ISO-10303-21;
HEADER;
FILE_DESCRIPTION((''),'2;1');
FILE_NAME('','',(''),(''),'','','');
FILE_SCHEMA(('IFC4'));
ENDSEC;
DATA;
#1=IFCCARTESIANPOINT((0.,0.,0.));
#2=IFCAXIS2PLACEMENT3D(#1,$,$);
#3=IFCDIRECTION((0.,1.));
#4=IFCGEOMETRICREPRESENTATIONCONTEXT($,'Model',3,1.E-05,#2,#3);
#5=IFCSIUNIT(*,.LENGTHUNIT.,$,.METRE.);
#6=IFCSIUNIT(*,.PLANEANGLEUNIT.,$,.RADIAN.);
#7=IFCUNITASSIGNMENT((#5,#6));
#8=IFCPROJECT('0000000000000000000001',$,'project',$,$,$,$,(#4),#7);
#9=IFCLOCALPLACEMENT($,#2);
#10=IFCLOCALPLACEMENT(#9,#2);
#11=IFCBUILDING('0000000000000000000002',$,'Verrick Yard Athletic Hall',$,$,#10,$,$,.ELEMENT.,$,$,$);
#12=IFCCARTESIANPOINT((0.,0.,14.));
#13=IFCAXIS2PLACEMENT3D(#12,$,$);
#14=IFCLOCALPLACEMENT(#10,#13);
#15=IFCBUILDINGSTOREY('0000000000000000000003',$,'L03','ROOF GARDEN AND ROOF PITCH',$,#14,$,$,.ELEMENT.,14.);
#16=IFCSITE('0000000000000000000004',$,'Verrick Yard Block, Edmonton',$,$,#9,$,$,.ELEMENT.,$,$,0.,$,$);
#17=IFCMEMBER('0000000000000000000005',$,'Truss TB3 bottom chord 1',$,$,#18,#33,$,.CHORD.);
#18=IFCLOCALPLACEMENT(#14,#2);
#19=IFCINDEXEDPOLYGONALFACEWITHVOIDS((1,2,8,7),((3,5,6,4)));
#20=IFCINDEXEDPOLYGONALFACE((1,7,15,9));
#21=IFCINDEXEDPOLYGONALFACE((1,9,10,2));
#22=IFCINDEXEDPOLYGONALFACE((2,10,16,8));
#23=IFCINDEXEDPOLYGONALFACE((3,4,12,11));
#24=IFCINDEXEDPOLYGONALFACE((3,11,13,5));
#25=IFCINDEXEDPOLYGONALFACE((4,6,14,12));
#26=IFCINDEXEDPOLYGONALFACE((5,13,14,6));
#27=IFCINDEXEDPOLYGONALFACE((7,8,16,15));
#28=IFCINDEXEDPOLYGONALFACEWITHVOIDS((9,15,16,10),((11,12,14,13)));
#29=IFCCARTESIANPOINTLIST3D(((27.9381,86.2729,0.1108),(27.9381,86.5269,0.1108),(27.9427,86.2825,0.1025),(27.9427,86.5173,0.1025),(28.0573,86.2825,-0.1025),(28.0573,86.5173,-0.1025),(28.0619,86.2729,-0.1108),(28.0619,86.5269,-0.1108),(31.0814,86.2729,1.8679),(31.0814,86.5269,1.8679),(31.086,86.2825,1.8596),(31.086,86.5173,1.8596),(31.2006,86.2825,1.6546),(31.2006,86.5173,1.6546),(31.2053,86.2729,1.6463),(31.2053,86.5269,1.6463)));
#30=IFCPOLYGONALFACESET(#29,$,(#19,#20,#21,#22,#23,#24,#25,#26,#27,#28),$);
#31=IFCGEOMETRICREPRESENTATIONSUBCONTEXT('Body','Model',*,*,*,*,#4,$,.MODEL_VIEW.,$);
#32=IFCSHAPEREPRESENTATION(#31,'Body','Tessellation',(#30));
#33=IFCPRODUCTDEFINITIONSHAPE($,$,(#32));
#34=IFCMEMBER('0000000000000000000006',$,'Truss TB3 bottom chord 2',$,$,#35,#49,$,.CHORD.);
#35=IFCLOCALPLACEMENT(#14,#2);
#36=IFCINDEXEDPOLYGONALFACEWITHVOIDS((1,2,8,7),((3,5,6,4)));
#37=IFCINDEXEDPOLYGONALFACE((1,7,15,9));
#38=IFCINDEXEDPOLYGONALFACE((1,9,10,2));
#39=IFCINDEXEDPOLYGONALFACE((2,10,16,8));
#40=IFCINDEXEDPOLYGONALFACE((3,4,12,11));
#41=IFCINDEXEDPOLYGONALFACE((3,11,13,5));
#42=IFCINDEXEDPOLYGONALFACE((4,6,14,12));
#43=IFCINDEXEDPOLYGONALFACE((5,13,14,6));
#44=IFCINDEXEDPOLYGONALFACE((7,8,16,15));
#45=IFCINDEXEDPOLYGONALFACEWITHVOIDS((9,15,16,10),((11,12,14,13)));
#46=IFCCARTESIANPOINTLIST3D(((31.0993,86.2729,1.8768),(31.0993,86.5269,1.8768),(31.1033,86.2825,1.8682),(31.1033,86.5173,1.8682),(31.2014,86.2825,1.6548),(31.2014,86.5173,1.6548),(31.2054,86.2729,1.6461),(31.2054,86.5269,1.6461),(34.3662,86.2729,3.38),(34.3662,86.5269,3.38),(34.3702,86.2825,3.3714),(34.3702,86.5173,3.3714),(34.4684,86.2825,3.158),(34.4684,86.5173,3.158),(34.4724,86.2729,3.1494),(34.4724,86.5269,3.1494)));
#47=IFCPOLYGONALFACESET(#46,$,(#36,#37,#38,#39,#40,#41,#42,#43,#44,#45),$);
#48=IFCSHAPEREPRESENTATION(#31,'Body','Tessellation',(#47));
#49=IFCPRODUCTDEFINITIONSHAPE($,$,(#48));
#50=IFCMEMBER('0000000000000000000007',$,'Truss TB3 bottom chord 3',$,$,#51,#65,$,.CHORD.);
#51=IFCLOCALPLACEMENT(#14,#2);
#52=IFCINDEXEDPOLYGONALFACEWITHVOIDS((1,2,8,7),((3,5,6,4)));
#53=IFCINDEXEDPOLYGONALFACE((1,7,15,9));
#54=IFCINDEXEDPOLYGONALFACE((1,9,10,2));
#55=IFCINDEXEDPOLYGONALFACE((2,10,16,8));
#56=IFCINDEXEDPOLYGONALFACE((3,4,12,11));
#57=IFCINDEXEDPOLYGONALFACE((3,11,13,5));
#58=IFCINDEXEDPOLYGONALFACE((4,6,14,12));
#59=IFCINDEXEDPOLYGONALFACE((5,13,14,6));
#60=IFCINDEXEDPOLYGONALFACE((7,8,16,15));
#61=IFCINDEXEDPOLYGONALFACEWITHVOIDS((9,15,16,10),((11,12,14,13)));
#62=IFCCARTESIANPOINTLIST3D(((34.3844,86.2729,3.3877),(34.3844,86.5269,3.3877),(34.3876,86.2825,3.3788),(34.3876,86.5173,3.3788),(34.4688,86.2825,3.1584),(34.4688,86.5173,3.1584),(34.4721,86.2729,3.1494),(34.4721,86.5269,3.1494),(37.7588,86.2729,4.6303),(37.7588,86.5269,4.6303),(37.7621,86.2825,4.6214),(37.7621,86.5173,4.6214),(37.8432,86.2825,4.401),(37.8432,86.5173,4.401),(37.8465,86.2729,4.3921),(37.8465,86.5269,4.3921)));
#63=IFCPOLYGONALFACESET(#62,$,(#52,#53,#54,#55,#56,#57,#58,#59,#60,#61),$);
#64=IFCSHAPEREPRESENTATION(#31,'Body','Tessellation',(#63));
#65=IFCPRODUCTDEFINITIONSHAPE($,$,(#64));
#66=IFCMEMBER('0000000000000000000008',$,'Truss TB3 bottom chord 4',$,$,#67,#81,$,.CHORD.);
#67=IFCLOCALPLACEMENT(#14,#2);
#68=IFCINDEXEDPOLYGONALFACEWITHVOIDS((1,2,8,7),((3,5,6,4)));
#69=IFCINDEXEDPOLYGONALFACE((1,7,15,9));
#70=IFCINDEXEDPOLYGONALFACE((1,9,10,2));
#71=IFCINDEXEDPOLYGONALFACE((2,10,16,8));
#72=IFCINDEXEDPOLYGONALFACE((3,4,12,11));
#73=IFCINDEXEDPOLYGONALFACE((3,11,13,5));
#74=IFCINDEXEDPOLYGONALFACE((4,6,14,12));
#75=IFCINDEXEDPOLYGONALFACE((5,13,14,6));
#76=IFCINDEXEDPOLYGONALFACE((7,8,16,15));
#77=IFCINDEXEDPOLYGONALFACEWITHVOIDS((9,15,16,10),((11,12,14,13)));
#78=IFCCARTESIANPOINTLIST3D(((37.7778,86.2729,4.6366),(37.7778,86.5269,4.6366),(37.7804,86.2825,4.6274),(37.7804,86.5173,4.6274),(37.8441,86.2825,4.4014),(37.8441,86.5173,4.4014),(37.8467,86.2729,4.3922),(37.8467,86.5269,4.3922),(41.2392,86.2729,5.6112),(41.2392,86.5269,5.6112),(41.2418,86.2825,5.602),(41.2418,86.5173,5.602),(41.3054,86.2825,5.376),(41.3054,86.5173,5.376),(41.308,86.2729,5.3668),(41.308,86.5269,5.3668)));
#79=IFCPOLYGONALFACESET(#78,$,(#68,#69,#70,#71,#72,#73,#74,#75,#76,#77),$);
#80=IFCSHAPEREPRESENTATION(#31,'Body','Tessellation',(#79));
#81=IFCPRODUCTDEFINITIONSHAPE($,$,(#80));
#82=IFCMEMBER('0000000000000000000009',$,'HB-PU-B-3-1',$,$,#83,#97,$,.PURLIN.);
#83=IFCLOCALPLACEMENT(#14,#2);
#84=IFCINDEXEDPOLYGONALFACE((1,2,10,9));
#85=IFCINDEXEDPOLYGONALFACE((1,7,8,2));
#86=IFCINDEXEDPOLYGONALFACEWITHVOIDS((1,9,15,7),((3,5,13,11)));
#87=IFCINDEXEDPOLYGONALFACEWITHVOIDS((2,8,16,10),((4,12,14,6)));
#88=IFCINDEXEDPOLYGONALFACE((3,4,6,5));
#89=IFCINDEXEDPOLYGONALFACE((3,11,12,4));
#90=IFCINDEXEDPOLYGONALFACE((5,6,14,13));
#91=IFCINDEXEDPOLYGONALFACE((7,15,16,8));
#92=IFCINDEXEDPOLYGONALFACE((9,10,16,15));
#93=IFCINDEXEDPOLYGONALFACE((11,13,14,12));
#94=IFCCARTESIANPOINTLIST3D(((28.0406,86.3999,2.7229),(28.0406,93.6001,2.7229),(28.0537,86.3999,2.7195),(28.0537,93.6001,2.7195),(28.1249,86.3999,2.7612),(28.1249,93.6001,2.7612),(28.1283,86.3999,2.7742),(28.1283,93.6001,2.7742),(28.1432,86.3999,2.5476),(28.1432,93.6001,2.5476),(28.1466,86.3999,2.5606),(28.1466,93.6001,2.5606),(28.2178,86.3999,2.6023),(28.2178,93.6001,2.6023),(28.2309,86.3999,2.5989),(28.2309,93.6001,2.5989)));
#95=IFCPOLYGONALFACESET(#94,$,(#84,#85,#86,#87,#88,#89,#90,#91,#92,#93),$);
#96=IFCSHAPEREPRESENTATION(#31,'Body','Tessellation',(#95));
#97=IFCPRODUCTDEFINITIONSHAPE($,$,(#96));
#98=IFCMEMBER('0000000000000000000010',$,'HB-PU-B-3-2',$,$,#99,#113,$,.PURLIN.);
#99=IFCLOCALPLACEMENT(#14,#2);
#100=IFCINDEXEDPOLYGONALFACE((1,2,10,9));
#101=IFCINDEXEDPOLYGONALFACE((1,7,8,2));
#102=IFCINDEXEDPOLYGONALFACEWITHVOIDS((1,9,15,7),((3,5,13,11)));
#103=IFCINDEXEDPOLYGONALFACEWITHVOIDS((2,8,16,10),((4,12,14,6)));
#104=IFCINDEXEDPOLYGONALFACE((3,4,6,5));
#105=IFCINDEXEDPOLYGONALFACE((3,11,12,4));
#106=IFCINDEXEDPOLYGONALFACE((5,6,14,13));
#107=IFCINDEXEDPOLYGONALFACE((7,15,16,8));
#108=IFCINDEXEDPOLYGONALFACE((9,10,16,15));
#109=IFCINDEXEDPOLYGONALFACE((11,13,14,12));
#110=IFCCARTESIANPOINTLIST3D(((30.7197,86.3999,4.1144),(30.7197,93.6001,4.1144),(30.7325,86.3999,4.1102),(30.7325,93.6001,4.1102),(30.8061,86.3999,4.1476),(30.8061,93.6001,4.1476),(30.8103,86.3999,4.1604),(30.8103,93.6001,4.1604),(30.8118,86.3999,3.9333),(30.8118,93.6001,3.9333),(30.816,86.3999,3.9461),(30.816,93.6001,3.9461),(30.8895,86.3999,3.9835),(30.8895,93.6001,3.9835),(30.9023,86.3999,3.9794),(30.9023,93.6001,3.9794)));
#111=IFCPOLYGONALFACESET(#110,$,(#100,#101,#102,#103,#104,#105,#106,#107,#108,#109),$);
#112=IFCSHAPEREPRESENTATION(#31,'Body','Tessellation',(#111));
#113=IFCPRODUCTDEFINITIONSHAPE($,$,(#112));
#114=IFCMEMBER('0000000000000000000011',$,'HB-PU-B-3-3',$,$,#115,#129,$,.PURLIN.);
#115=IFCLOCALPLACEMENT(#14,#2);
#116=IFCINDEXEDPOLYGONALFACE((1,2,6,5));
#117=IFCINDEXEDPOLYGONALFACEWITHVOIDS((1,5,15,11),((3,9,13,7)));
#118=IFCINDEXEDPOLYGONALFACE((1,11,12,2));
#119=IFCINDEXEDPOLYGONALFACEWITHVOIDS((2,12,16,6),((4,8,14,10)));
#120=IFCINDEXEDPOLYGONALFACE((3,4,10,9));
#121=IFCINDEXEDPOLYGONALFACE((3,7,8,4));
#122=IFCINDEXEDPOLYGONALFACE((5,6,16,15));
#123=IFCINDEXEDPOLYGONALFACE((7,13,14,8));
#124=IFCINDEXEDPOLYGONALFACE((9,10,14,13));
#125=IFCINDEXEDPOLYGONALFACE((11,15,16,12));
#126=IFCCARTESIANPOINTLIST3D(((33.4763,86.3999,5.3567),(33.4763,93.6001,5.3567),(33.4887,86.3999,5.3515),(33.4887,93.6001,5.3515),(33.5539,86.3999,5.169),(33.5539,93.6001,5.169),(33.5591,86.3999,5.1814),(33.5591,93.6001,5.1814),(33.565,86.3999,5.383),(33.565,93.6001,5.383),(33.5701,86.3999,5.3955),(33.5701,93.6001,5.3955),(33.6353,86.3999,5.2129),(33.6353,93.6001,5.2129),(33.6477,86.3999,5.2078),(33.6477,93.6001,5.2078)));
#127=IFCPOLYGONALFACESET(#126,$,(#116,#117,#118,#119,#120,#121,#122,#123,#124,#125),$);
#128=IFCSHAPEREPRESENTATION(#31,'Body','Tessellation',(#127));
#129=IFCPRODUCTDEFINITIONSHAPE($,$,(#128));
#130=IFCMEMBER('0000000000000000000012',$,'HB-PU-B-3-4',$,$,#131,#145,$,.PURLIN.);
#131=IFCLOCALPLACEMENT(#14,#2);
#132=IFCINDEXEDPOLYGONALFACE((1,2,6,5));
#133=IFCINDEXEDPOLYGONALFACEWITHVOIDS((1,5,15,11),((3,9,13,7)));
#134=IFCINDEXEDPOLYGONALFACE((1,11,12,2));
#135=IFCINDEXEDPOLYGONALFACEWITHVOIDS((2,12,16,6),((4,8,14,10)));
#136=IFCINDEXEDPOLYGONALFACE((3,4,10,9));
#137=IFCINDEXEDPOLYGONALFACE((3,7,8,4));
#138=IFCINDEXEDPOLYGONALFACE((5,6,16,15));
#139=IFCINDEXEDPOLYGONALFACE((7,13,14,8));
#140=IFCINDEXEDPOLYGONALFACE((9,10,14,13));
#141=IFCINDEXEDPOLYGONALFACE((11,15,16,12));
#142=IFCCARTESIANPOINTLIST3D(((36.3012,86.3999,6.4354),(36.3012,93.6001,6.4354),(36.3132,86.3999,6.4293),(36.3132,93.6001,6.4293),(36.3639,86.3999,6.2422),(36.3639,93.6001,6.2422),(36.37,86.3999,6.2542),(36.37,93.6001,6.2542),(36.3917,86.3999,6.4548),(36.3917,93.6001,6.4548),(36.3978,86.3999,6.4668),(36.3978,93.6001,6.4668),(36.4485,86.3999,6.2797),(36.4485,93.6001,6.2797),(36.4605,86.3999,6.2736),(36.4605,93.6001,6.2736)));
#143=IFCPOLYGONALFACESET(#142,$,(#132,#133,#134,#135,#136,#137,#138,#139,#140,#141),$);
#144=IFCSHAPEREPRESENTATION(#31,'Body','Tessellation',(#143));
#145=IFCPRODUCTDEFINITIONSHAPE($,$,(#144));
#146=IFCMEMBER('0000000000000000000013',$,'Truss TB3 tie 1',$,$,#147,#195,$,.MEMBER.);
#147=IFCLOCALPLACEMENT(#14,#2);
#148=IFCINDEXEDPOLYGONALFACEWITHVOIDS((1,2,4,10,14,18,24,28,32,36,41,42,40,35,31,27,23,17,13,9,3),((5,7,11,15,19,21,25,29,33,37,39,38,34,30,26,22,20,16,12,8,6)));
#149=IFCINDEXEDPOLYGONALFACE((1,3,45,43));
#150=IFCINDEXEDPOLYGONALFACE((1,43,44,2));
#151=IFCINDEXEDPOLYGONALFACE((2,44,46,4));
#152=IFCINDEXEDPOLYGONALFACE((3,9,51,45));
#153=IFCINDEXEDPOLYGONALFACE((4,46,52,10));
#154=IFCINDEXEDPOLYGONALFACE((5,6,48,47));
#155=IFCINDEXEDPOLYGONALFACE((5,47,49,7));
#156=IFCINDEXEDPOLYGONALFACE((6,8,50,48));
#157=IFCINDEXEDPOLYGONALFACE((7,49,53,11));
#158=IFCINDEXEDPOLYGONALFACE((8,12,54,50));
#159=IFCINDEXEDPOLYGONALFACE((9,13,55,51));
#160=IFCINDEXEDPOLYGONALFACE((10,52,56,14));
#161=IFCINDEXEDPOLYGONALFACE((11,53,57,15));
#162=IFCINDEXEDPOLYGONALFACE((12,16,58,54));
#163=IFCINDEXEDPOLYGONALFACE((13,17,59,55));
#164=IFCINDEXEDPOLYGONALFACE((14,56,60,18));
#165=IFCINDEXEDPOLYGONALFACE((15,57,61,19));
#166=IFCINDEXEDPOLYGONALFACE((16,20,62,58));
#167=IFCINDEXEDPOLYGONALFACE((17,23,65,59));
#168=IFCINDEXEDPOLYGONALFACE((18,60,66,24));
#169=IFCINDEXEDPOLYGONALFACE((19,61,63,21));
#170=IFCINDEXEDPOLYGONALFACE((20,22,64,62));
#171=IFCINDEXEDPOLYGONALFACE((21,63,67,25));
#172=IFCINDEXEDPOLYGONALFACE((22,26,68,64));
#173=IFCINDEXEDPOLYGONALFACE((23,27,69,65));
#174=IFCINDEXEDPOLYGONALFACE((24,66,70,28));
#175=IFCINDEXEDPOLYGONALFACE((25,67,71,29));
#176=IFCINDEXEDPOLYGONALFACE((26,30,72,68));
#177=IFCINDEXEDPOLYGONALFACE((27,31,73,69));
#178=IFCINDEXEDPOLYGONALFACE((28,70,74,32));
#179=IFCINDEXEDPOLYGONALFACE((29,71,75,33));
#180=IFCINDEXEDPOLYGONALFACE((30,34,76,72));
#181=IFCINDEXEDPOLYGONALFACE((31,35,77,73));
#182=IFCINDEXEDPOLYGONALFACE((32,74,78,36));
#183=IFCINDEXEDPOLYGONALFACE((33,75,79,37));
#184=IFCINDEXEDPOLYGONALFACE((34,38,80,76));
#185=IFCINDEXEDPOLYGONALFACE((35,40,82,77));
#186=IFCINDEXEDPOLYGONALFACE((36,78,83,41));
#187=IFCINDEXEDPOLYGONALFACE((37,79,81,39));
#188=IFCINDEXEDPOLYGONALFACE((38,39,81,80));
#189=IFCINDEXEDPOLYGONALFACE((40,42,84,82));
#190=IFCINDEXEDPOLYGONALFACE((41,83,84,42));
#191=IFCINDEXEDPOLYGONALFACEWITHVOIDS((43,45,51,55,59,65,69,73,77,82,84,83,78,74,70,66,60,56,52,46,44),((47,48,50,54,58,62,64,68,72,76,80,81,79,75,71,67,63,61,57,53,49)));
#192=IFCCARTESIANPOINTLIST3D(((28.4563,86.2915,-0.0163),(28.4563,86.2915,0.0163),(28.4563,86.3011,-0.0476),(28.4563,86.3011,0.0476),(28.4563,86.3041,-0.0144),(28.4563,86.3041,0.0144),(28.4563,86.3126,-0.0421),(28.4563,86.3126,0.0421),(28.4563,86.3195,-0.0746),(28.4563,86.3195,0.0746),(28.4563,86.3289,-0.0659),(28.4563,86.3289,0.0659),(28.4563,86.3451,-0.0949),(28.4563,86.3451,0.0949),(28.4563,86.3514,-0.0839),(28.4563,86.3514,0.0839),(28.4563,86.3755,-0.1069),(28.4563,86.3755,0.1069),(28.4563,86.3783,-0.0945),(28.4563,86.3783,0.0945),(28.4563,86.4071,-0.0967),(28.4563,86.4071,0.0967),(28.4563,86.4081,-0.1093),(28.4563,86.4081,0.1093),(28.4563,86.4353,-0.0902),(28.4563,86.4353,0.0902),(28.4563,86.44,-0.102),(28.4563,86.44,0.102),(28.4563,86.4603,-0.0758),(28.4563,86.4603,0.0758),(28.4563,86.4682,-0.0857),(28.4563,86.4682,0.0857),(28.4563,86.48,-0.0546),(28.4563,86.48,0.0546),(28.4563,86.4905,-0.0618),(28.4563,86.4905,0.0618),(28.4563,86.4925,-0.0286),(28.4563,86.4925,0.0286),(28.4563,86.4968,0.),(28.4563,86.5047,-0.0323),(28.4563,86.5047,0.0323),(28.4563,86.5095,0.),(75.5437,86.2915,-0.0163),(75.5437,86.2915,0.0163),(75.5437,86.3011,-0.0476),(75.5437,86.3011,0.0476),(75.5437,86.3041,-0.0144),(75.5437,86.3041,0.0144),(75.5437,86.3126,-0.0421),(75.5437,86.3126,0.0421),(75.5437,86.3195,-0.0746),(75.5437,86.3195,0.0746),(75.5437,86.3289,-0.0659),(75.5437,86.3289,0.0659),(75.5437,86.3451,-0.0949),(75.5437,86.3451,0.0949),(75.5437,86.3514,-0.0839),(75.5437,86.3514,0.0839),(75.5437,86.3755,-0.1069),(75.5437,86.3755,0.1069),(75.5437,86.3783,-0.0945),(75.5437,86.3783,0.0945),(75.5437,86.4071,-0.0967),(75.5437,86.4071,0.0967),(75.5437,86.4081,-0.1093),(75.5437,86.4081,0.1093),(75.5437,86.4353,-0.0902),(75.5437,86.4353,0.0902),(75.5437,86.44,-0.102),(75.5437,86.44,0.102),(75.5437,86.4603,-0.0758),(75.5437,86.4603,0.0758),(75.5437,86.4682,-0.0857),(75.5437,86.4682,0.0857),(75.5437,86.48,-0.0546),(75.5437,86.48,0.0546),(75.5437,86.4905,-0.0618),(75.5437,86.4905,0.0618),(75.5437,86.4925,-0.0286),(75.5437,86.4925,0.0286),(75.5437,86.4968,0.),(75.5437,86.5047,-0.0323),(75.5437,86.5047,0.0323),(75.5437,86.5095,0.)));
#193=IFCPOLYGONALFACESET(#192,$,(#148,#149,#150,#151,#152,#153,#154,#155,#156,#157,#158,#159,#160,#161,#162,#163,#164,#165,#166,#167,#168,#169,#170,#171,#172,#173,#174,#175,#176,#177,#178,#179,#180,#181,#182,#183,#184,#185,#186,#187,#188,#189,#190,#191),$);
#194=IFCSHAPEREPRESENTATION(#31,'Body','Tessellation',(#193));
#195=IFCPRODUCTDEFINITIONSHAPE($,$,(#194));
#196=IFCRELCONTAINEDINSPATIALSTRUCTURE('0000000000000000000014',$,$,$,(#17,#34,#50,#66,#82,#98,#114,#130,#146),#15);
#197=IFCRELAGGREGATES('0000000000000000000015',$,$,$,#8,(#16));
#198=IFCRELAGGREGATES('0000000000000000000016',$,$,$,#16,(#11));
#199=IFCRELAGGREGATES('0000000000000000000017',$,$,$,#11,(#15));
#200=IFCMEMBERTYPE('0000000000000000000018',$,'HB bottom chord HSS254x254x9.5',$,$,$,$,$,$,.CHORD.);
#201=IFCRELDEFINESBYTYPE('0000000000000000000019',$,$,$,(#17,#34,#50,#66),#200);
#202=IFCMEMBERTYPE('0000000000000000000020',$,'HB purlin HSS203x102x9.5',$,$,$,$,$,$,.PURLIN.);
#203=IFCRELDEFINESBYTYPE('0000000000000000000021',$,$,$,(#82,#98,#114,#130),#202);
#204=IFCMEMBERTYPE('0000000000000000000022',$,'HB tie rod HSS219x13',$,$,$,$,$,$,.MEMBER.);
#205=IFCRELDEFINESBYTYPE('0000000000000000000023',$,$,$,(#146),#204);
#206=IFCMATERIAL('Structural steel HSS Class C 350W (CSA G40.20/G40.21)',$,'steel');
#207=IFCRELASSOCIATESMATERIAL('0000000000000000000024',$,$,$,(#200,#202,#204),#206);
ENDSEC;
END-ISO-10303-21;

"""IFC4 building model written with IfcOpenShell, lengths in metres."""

from ifc_helpers import new_model, si_unit, direction, frame, origin, origin_2d, place, context, subcontext, project, spatial, hollow_rectangle, hollow_circle, extrude, material, material_profile, profile_set, type_object, element, save


model = new_model("IFC4")

# Units and contexts
model_context = context("Model", 3, precision=1e-05, world=origin(), true_north=direction((0.0, 1.0)))
body_context = subcontext(model_context, "Body", "Model", "MODEL_VIEW")
ifc_project = project(units=[si_unit("LENGTHUNIT", "METRE"), si_unit("PLANEANGLEUNIT", "RADIAN")], contexts=[model_context])

# Site, building, storey
site_placement = place(None, origin())
site = spatial("IfcSite", under=ifc_project, at=site_placement, Name="Verrick Yard Block, Edmonton", CompositionType="ELEMENT", RefElevation=0.0)
building_placement = place(site_placement, origin())
building = spatial("IfcBuilding", under=site, at=building_placement, Name="Verrick Yard Athletic Hall", CompositionType="ELEMENT")
storey_placement = place(building_placement, frame((0.0, 0.0, 14.0)))
storey = spatial("IfcBuildingStorey", under=building, at=storey_placement, Name="L03", Description="ROOF GARDEN AND ROOF PITCH", CompositionType="ELEMENT", Elevation=14.0)

# Members
ifc_material_1 = material(Name="Structural steel HSS Class C 350W (CSA G40.20/G40.21)", Category="steel")
ifc_material_profile_1 = material_profile(ifc_material_1, hollow_rectangle(XDim=0.2539, YDim=0.2539, WallThickness=0.0095, at=origin_2d()), Name="HSS254x254x9.5")
ifc_profile_set_1 = profile_set([ifc_material_profile_1], Name="Structural steel HSS Class C 350W (CSA G40.20/G40.21)")
member_type_1 = type_object("IfcMemberType", Name="HB bottom chord HSS254x254x9.5", PredefinedType="CHORD", material=ifc_profile_set_1)
member_1_placement = place(storey_placement, frame((28.0, 86.3999, 0.0), z_axis=(0.872881, 0.0, 0.487932), x_axis=(0.0, 1.0, 0.0)))
element("IfcMember", 1, at=member_1_placement, inside=storey, type_object=member_type_1, Name="Truss TB3 bottom chord 1", PredefinedType="CHORD", context=body_context, shape_type="SweptSolid", body=[
    extrude(hollow_rectangle(XDim=0.2539, YDim=0.2539, WallThickness=0.0095, at=origin_2d()), origin(), (0.0, 0.0, 1.0), 3.6011),
])
member_2_placement = place(storey_placement, frame((31.1523, 86.3999, 1.7615), z_axis=(0.908446, 0.0, 0.418003), x_axis=(0.0, 1.0, 0.0)))
element("IfcMember", 2, at=member_2_placement, inside=storey, type_object=member_type_1, Name="Truss TB3 bottom chord 2", PredefinedType="CHORD", context=body_context, shape_type="SweptSolid", body=[
    extrude(hollow_rectangle(XDim=0.2539, YDim=0.2539, WallThickness=0.0095, at=origin_2d()), origin(), (0.0, 0.0, 1.0), 3.5962),
])
for number, where, z_axis, x_axis, name in (
    (3, (34.4282, 86.3999, 3.2686), (0.938394, 0.0, 0.345567), (0.0, 1.0, 0.0), "Truss TB3 bottom chord 3"),
    (4, (37.8123, 86.3999, 4.5144), (0.962572, 0.0, 0.271025), (0.0, 1.0, 0.0), "Truss TB3 bottom chord 4"),
):
    element("IfcMember", number, at=place(storey_placement, frame(where, z_axis=z_axis, x_axis=x_axis)), inside=storey, type_object=member_type_1, Name=name, PredefinedType="CHORD", context=body_context, shape_type="SweptSolid", body=[
        extrude(hollow_rectangle(XDim=0.2539, YDim=0.2539, WallThickness=0.0095, at=origin_2d()), origin(), (0.0, 0.0, 1.0), 3.5959),
    ])
ifc_material_profile_2 = material_profile(ifc_material_1, hollow_rectangle(XDim=0.1016, YDim=0.2031, WallThickness=0.0095, at=origin_2d()), Name="HSS203x102x9.5")
ifc_profile_set_2 = profile_set([ifc_material_profile_2], Name="Structural steel HSS Class C 350W (CSA G40.20/G40.21)")
member_type_2 = type_object("IfcMemberType", Name="HB purlin HSS203x102x9.5", PredefinedType="PURLIN", material=ifc_profile_set_2)
for number, where, z_axis, x_axis, name in (
    (5, (28.1357, 86.3999, 2.6609), (0.0, 1.0, 0.0), (-0.863168, 0.0, -0.504917), "HB-PU-B-3-1"),
    (6, (30.811, 86.3999, 4.0469), (0.0, 1.0, 0.0), (-0.891353, 0.0, -0.45331), "HB-PU-B-3-2"),
    (7, (33.562, 86.3999, 5.2822), (0.0, 1.0, 0.0), (-0.924123, 0.0, -0.382096), "HB-PU-B-3-3"),
    (8, (36.3809, 86.3999, 6.3545), (0.0, 1.0, 0.0), (-0.951214, 0.0, -0.308533), "HB-PU-B-3-4"),
):
    element("IfcMember", number, at=place(storey_placement, frame(where, z_axis=z_axis, x_axis=x_axis)), inside=storey, type_object=member_type_2, Name=name, PredefinedType="PURLIN", context=body_context, shape_type="SweptSolid", body=[
        extrude(hollow_rectangle(XDim=0.1016, YDim=0.2031, WallThickness=0.0095, at=origin_2d()), origin(), (0.0, 0.0, 1.0), 7.2002),
    ])
ifc_material_profile_3 = material_profile(ifc_material_1, hollow_circle(Radius=0.1096, WallThickness=0.0127, at=origin_2d()), Name="HSS219x13")
ifc_profile_set_3 = profile_set([ifc_material_profile_3], Name="Structural steel HSS Class C 350W (CSA G40.20/G40.21)")
member_type_3 = type_object("IfcMemberType", Name="HB tie rod HSS219x13", PredefinedType="MEMBER", material=ifc_profile_set_3)
member_3_placement = place(storey_placement, frame((28.4563, 86.3999, 0.0), z_axis=(1.0, 0.0, 0.0), x_axis=(0.0, 1.0, 0.0)))
element("IfcMember", 9, at=member_3_placement, inside=storey, type_object=member_type_3, Name="Truss TB3 tie 1", PredefinedType="MEMBER", context=body_context, shape_type="SweptSolid", body=[
    extrude(hollow_circle(Radius=0.1096, WallThickness=0.0127, at=origin_2d()), origin(), (0.0, 0.0, 1.0), 47.0874),
])

save(model, "model.ifc")
